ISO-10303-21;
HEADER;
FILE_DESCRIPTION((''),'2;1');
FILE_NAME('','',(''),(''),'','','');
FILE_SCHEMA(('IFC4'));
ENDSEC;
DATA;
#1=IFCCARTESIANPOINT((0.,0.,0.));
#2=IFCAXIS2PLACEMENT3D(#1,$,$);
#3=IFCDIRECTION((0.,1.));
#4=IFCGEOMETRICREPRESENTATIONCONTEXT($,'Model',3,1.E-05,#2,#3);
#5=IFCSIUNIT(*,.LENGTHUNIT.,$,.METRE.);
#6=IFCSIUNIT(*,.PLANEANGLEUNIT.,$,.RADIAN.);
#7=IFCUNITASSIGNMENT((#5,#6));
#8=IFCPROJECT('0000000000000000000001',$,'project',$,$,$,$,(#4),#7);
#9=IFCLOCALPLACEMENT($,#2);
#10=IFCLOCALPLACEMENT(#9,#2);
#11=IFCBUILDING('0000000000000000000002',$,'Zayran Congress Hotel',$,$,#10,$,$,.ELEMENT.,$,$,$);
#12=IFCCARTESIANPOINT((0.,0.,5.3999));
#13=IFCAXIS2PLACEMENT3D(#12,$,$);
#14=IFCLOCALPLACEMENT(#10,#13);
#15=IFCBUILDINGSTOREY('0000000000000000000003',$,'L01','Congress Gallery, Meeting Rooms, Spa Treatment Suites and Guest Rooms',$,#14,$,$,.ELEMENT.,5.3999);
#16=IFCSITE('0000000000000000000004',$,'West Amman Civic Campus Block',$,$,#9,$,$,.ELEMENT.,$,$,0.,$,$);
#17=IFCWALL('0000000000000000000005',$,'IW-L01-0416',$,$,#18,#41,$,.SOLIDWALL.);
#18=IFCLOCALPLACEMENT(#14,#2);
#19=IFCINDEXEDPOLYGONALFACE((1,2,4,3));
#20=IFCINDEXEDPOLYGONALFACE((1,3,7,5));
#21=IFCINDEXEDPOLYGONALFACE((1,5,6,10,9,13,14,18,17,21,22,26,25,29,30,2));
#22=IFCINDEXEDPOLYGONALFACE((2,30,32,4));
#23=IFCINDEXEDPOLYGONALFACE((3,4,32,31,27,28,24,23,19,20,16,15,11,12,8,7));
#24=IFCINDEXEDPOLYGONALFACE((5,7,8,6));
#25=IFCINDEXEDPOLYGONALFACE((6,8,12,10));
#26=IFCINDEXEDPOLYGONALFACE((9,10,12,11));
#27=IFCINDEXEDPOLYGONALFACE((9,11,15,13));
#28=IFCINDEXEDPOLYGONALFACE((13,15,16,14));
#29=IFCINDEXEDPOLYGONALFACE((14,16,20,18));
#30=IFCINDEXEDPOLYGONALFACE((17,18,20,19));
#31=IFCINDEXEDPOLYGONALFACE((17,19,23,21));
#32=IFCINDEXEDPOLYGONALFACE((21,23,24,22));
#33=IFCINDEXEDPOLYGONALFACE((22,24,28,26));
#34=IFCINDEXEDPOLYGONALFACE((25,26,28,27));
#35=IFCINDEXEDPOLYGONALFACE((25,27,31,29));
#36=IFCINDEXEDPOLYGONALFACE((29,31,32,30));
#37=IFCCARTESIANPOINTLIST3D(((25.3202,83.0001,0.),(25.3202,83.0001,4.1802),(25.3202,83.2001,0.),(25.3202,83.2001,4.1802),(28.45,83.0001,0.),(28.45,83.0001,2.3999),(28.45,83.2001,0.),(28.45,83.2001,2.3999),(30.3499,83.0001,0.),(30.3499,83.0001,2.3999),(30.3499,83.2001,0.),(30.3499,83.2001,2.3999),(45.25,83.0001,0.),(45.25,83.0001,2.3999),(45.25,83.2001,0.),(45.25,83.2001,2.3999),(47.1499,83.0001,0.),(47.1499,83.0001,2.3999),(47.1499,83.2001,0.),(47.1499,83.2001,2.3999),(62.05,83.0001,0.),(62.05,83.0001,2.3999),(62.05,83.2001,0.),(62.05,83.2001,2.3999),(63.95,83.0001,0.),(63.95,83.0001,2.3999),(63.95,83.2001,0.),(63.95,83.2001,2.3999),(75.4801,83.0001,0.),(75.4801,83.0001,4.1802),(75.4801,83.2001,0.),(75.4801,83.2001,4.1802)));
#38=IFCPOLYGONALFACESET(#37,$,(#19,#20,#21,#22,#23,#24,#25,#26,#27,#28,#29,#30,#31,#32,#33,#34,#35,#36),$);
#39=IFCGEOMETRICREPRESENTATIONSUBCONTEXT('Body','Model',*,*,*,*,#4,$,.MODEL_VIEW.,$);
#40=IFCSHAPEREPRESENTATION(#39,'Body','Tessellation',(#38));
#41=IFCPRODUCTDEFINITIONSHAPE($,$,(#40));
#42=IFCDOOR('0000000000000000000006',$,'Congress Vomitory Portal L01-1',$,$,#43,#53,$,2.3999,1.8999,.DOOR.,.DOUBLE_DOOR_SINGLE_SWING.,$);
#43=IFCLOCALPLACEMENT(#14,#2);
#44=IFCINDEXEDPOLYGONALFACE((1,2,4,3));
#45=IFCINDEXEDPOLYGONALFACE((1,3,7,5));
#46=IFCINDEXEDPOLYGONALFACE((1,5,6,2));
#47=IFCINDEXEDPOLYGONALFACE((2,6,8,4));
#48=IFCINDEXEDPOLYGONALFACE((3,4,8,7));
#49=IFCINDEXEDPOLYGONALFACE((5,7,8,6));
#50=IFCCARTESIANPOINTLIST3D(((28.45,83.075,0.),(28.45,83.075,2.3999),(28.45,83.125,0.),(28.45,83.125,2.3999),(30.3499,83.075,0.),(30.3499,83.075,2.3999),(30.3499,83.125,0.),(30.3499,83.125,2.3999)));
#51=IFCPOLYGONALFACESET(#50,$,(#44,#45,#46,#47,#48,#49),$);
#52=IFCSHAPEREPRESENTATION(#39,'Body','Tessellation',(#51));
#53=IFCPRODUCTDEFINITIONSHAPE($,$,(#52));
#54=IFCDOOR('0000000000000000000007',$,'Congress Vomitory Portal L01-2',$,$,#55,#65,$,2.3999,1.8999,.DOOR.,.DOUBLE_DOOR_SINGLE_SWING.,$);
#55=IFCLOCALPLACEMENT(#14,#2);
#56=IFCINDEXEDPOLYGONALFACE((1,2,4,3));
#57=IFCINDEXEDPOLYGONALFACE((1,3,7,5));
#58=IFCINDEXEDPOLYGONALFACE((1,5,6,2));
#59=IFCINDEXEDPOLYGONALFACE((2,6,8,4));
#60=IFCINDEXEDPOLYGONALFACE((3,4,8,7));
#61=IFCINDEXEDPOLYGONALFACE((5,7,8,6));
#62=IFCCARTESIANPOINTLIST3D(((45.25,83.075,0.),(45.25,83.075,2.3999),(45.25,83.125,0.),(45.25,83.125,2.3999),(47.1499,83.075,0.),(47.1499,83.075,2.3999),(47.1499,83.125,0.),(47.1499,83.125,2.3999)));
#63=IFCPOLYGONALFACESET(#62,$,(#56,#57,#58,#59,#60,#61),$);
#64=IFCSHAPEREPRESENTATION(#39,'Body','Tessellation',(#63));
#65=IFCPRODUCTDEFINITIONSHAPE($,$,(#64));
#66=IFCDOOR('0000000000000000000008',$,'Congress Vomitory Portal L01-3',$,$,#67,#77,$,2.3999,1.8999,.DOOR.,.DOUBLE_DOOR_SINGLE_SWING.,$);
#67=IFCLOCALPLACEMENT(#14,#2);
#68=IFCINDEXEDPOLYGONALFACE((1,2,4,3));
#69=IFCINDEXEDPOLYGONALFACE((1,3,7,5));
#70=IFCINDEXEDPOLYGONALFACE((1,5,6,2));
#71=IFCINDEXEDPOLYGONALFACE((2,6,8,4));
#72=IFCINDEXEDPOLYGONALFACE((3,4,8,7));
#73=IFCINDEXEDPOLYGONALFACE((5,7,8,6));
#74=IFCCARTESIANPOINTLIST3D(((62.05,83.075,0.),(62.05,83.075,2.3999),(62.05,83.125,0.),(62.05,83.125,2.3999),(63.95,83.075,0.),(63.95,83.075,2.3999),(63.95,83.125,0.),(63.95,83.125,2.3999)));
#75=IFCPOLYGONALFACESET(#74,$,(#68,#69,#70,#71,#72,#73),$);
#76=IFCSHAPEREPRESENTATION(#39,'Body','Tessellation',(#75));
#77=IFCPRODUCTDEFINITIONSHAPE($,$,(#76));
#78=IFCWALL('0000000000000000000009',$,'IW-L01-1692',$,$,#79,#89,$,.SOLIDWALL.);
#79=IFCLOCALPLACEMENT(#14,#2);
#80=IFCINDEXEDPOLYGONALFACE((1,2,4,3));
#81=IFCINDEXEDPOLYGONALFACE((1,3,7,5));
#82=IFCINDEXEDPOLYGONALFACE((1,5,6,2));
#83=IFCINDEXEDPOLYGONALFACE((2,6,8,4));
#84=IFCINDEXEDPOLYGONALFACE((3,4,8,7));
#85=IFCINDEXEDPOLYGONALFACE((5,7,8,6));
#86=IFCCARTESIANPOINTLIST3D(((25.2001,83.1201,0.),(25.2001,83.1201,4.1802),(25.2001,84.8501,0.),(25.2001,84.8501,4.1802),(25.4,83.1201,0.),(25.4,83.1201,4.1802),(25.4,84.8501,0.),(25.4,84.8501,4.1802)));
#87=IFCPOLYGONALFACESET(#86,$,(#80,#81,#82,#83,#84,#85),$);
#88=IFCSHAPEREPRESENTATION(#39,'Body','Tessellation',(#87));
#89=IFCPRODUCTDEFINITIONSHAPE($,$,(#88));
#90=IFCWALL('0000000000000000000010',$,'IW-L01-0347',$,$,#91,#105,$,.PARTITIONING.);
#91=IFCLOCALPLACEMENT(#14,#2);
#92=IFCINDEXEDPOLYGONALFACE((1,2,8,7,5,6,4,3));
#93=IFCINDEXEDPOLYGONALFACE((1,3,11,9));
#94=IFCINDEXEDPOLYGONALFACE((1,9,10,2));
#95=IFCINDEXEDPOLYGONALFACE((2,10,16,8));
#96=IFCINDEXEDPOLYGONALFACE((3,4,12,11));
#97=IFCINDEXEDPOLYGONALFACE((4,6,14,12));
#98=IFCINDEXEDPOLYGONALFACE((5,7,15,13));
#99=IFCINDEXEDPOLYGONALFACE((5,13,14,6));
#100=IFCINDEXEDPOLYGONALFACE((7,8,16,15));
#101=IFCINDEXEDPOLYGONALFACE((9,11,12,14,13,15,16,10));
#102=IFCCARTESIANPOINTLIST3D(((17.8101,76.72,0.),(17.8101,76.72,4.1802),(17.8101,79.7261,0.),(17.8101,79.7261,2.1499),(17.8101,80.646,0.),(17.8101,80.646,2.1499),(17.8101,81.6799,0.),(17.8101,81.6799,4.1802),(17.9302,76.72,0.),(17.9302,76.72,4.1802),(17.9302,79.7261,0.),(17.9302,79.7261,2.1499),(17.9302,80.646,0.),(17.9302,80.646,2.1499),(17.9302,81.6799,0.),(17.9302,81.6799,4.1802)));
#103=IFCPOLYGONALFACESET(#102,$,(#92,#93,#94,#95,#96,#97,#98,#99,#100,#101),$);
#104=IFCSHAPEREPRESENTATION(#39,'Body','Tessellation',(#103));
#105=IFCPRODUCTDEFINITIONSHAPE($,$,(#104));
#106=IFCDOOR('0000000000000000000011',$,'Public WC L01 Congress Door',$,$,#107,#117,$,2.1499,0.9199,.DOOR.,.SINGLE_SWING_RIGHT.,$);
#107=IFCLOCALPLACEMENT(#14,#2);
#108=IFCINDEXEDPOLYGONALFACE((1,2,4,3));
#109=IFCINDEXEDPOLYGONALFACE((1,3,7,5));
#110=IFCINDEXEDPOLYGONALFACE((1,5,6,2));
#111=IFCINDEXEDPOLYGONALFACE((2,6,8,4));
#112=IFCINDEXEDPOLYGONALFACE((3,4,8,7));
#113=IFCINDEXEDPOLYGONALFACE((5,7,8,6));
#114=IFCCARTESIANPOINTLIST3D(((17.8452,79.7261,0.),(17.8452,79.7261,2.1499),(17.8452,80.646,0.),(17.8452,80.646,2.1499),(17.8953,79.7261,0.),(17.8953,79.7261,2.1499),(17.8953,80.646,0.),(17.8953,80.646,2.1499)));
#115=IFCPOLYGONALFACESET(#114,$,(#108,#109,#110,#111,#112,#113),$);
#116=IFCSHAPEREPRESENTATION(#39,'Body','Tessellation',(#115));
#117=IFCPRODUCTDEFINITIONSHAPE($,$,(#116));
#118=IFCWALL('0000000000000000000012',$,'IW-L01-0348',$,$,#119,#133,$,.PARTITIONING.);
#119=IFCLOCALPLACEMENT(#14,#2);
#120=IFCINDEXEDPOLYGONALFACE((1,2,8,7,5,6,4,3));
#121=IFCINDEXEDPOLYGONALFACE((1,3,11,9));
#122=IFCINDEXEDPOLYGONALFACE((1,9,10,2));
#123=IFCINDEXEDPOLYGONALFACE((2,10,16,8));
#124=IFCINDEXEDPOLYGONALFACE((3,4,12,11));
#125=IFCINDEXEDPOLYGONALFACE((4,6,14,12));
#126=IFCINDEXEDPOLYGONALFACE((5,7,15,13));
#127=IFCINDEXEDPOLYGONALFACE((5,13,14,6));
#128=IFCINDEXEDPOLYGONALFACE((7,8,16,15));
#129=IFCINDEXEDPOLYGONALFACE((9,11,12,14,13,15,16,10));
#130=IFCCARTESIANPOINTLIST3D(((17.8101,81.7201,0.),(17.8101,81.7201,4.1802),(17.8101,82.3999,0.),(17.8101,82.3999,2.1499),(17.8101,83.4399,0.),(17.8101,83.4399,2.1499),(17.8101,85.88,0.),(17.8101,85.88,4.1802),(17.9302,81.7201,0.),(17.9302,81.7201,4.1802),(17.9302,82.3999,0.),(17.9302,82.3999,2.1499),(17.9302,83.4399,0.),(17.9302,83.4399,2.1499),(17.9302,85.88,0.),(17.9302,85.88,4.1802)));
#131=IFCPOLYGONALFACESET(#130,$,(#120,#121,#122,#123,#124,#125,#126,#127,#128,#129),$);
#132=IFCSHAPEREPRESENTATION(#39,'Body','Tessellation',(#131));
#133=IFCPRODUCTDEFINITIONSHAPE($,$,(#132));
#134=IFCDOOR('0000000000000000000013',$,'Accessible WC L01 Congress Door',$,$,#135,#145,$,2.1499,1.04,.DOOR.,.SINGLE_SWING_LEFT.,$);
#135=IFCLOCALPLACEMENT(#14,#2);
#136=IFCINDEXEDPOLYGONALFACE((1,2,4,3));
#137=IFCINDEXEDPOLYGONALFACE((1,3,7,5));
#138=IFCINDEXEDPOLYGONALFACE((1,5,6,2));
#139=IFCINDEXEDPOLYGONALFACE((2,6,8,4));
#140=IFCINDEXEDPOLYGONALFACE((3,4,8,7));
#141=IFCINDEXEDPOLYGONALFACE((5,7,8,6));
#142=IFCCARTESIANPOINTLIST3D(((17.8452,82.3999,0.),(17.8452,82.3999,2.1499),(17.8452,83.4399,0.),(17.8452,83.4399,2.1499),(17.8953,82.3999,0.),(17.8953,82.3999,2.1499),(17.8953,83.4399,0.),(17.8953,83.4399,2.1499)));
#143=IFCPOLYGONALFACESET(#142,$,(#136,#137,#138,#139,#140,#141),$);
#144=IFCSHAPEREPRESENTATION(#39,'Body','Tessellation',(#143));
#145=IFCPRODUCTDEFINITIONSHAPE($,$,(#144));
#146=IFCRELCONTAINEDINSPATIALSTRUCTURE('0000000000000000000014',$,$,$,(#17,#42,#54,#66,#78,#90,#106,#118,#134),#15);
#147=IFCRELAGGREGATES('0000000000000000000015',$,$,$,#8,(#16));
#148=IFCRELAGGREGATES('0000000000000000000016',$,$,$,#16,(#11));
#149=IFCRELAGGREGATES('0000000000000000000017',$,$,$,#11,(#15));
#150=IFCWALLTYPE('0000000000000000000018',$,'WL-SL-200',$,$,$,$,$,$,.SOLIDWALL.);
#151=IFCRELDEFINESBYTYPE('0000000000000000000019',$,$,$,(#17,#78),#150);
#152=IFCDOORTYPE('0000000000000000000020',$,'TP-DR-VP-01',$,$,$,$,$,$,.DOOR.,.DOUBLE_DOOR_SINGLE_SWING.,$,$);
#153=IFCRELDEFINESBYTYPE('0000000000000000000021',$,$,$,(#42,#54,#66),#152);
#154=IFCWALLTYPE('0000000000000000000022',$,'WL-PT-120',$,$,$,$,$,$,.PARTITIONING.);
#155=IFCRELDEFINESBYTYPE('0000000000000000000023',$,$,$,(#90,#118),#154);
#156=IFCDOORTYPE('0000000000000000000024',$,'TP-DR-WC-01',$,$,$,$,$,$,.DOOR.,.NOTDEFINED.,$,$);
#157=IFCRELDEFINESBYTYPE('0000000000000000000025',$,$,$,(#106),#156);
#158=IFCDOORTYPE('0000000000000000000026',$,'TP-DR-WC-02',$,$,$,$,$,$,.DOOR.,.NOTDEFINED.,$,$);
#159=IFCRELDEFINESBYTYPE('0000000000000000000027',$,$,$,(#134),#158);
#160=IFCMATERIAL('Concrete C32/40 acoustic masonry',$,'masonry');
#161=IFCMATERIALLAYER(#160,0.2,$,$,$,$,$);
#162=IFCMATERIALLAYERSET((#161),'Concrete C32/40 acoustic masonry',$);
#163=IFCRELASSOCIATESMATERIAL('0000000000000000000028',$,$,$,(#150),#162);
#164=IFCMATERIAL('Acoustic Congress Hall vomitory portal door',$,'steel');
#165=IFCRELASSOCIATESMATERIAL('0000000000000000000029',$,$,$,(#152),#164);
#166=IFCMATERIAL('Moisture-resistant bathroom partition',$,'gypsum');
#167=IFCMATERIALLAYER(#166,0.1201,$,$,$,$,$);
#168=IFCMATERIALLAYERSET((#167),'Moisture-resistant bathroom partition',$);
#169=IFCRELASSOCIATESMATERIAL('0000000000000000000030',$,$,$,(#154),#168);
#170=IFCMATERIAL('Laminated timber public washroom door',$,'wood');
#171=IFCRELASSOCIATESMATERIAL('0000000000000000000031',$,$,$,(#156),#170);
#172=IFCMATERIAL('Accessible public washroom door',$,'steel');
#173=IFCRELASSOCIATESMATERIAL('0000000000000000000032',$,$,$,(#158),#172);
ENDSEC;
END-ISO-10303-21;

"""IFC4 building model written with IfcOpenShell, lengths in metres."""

from ifc_helpers import new_model, si_unit, direction, frame, frame_2d, origin, place, context, subcontext, project, spatial, rectangle, extrude, material, layer, layer_set, type_object, element, fill, save


model = new_model("IFC4")

# Units and contexts
model_context = context("Model", 3, precision=1e-05, world=origin(), true_north=direction((0.0, 1.0)))
body_context = subcontext(model_context, "Body", "Model", "MODEL_VIEW")
ifc_project = project(units=[si_unit("LENGTHUNIT", "METRE"), si_unit("PLANEANGLEUNIT", "RADIAN")], contexts=[model_context])

# Site, building, storey
site_placement = place(None, origin())
site = spatial("IfcSite", under=ifc_project, at=site_placement, Name="West Amman Civic Campus Block", CompositionType="ELEMENT", RefElevation=0.0)
building_placement = place(site_placement, origin())
building = spatial("IfcBuilding", under=site, at=building_placement, Name="Zayran Congress Hotel", CompositionType="ELEMENT")
storey_placement = place(building_placement, frame((0.0, 0.0, 5.3999)))
storey = spatial("IfcBuildingStorey", under=building, at=storey_placement, Name="L01", Description="Congress Gallery, Meeting Rooms, Spa Treatment Suites and Guest Rooms", CompositionType="ELEMENT", Elevation=5.3999)

# Wall, openings, doors
ifc_material_1 = material(Name="Concrete C32/40 acoustic masonry", Category="masonry")
ifc_layer_1 = layer(ifc_material_1, 0.2)
ifc_layer_set_1 = layer_set([ifc_layer_1], Name="Concrete C32/40 acoustic masonry")
wall_type_1 = type_object("IfcWallType", Name="WL-SL-200", PredefinedType="SOLIDWALL", material=ifc_layer_set_1)
wall_1_placement = place(storey_placement, frame((25.3201, 83.1001, 0.0), z_axis=(0.0, 0.0, 1.0), x_axis=(1.0, 0.0, 0.0)))
wall_1 = element("IfcWall", 1, at=wall_1_placement, inside=storey, type_object=wall_type_1, Name="IW-L01-0416", PredefinedType="SOLIDWALL", context=body_context, shape_type="SweptSolid", body=[
    extrude(rectangle(XDim=50.1599, YDim=0.2, at=frame_2d((25.0801, 0.0))), origin(), (0.0, 0.0, 1.0), 4.1802),
])
opening_1_placement = place(wall_1_placement, frame((3.1299, 0.0, 0.0)))
opening_1 = element("IfcOpeningElement", 2, at=opening_1_placement, cuts=wall_1, PredefinedType="OPENING", context=body_context, shape_type="SweptSolid", body=[
    extrude(rectangle(XDim=1.8999, YDim=2.3999, at=frame_2d((0.95, 1.2))), frame((0.0, 0.1099, 0.0), z_axis=(0.0, -1.0, 0.0), x_axis=(1.0, 0.0, 0.0)), (0.0, 0.0, 1.0), 0.22),
])
opening_2_placement = place(wall_1_placement, frame((19.9299, 0.0, 0.0)))
opening_2 = element("IfcOpeningElement", 3, at=opening_2_placement, cuts=wall_1, PredefinedType="OPENING", context=body_context, shape_type="SweptSolid", body=[
    extrude(rectangle(XDim=1.8999, YDim=2.3999, at=frame_2d((0.95, 1.2))), frame((0.0, 0.1099, 0.0), z_axis=(0.0, -1.0, 0.0), x_axis=(1.0, 0.0, 0.0)), (0.0, 0.0, 1.0), 0.22),
])
opening_3_placement = place(wall_1_placement, frame((36.73, 0.0, 0.0)))
opening_3 = element("IfcOpeningElement", 4, at=opening_3_placement, cuts=wall_1, PredefinedType="OPENING", context=body_context, shape_type="SweptSolid", body=[
    extrude(rectangle(XDim=1.8999, YDim=2.3999, at=frame_2d((0.95, 1.2))), frame((0.0, 0.1099, 0.0), z_axis=(0.0, -1.0, 0.0), x_axis=(1.0, 0.0, 0.0)), (0.0, 0.0, 1.0), 0.22),
])
ifc_material_2 = material(Name="Acoustic Congress Hall vomitory portal door", Category="steel")
door_type_1 = type_object("IfcDoorType", Name="TP-DR-VP-01", OperationType="DOUBLE_DOOR_SINGLE_SWING", PredefinedType="DOOR", material=ifc_material_2)
door_1_placement = place(opening_1_placement, origin())
door_1 = element("IfcDoor", 5, at=door_1_placement, inside=storey, type_object=door_type_1, Name="Congress Vomitory Portal L01-1", OperationType="DOUBLE_DOOR_SINGLE_SWING", OverallHeight=2.3999, OverallWidth=1.8999, PredefinedType="DOOR", context=body_context, shape_type="SweptSolid", body=[
    extrude(rectangle(XDim=1.8999, YDim=2.3999, at=frame_2d((0.95, 1.2))), frame((0.0, 0.0249, 0.0), z_axis=(0.0, -1.0, 0.0), x_axis=(1.0, 0.0, 0.0)), (0.0, 0.0, 1.0), 0.05),
])
fill(opening_1, door_1)
door_2_placement = place(opening_2_placement, origin())
door_2 = element("IfcDoor", 6, at=door_2_placement, inside=storey, type_object=door_type_1, Name="Congress Vomitory Portal L01-2", OperationType="DOUBLE_DOOR_SINGLE_SWING", OverallHeight=2.3999, OverallWidth=1.8999, PredefinedType="DOOR", context=body_context, shape_type="SweptSolid", body=[
    extrude(rectangle(XDim=1.8999, YDim=2.3999, at=frame_2d((0.95, 1.2))), frame((0.0, 0.0249, 0.0), z_axis=(0.0, -1.0, 0.0), x_axis=(1.0, 0.0, 0.0)), (0.0, 0.0, 1.0), 0.05),
])
fill(opening_2, door_2)
door_3_placement = place(opening_3_placement, origin())
door_3 = element("IfcDoor", 7, at=door_3_placement, inside=storey, type_object=door_type_1, Name="Congress Vomitory Portal L01-3", OperationType="DOUBLE_DOOR_SINGLE_SWING", OverallHeight=2.3999, OverallWidth=1.8999, PredefinedType="DOOR", context=body_context, shape_type="SweptSolid", body=[
    extrude(rectangle(XDim=1.8999, YDim=2.3999, at=frame_2d((0.95, 1.2))), frame((0.0, 0.0249, 0.0), z_axis=(0.0, -1.0, 0.0), x_axis=(1.0, 0.0, 0.0)), (0.0, 0.0, 1.0), 0.05),
])
fill(opening_3, door_3)

# Wall
wall_2_placement = place(storey_placement, frame((25.3, 83.1201, 0.0), z_axis=(0.0, 0.0, 1.0), x_axis=(0.0, 1.0, 0.0)))
element("IfcWall", 8, at=wall_2_placement, inside=storey, type_object=wall_type_1, Name="IW-L01-1692", PredefinedType="SOLIDWALL", context=body_context, shape_type="SweptSolid", body=[
    extrude(rectangle(XDim=1.73, YDim=0.2, at=frame_2d((0.865, 0.0))), origin(), (0.0, 0.0, 1.0), 4.1802),
])

# Walls, openings, doors
ifc_material_3 = material(Name="Moisture-resistant bathroom partition", Category="gypsum")
ifc_layer_2 = layer(ifc_material_3, 0.1201)
ifc_layer_set_2 = layer_set([ifc_layer_2], Name="Moisture-resistant bathroom partition")
wall_type_2 = type_object("IfcWallType", Name="WL-PT-120", PredefinedType="PARTITIONING", material=ifc_layer_set_2)
wall_3_placement = place(storey_placement, frame((17.8701, 76.72, 0.0), z_axis=(0.0, 0.0, 1.0), x_axis=(0.0, 1.0, 0.0)))
wall_3 = element("IfcWall", 9, at=wall_3_placement, inside=storey, type_object=wall_type_2, Name="IW-L01-0347", PredefinedType="PARTITIONING", context=body_context, shape_type="SweptSolid", body=[
    extrude(rectangle(XDim=4.96, YDim=0.1201, at=frame_2d((2.48, 0.0))), origin(), (0.0, 0.0, 1.0), 4.1802),
])
opening_4_placement = place(wall_3_placement, frame((3.0061, 0.0, 0.0)))
opening_4 = element("IfcOpeningElement", 10, at=opening_4_placement, cuts=wall_3, PredefinedType="OPENING", context=body_context, shape_type="SweptSolid", body=[
    extrude(rectangle(XDim=0.9199, YDim=2.1499, at=frame_2d((0.46, 1.075))), frame((0.0, 0.0701, 0.0), z_axis=(0.0, -1.0, 0.0), x_axis=(1.0, 0.0, 0.0)), (0.0, 0.0, 1.0), 0.1401),
])
ifc_material_4 = material(Name="Laminated timber public washroom door", Category="wood")
door_type_2 = type_object("IfcDoorType", Name="TP-DR-WC-01", OperationType="NOTDEFINED", PredefinedType="DOOR", material=ifc_material_4)
door_4_placement = place(opening_4_placement, origin())
door_4 = element("IfcDoor", 11, at=door_4_placement, inside=storey, type_object=door_type_2, Name="Public WC L01 Congress Door", OperationType="SINGLE_SWING_RIGHT", OverallHeight=2.1499, OverallWidth=0.9199, PredefinedType="DOOR", context=body_context, shape_type="SweptSolid", body=[
    extrude(rectangle(XDim=0.9199, YDim=2.1499, at=frame_2d((0.46, 1.075))), frame((0.0, 0.0249, 0.0), z_axis=(0.0, -1.0, 0.0), x_axis=(1.0, 0.0, 0.0)), (0.0, 0.0, 1.0), 0.05),
])
fill(opening_4, door_4)
wall_4_placement = place(storey_placement, frame((17.8701, 81.72, 0.0), z_axis=(0.0, 0.0, 1.0), x_axis=(0.0, 1.0, 0.0)))
wall_4 = element("IfcWall", 12, at=wall_4_placement, inside=storey, type_object=wall_type_2, Name="IW-L01-0348", PredefinedType="PARTITIONING", context=body_context, shape_type="SweptSolid", body=[
    extrude(rectangle(XDim=4.1599, YDim=0.1201, at=frame_2d((2.0801, 0.0))), origin(), (0.0, 0.0, 1.0), 4.1802),
])
opening_5_placement = place(wall_4_placement, frame((0.6799, 0.0, 0.0)))
opening_5 = element("IfcOpeningElement", 13, at=opening_5_placement, cuts=wall_4, PredefinedType="OPENING", context=body_context, shape_type="SweptSolid", body=[
    extrude(rectangle(XDim=1.04, YDim=2.1499, at=frame_2d((0.52, 1.075))), frame((0.0, 0.0701, 0.0), z_axis=(0.0, -1.0, 0.0), x_axis=(1.0, 0.0, 0.0)), (0.0, 0.0, 1.0), 0.1401),
])
ifc_material_5 = material(Name="Accessible public washroom door", Category="steel")
door_type_3 = type_object("IfcDoorType", Name="TP-DR-WC-02", OperationType="NOTDEFINED", PredefinedType="DOOR", material=ifc_material_5)
door_5_placement = place(opening_5_placement, origin())
door_5 = element("IfcDoor", 14, at=door_5_placement, inside=storey, type_object=door_type_3, Name="Accessible WC L01 Congress Door", OperationType="SINGLE_SWING_LEFT", OverallHeight=2.1499, OverallWidth=1.04, PredefinedType="DOOR", context=body_context, shape_type="SweptSolid", body=[
    extrude(rectangle(XDim=1.04, YDim=2.1499, at=frame_2d((0.52, 1.075))), frame((0.0, 0.0249, 0.0), z_axis=(0.0, -1.0, 0.0), x_axis=(1.0, 0.0, 0.0)), (0.0, 0.0, 1.0), 0.05),
])
fill(opening_5, door_5)

save(model, "model.ifc")
